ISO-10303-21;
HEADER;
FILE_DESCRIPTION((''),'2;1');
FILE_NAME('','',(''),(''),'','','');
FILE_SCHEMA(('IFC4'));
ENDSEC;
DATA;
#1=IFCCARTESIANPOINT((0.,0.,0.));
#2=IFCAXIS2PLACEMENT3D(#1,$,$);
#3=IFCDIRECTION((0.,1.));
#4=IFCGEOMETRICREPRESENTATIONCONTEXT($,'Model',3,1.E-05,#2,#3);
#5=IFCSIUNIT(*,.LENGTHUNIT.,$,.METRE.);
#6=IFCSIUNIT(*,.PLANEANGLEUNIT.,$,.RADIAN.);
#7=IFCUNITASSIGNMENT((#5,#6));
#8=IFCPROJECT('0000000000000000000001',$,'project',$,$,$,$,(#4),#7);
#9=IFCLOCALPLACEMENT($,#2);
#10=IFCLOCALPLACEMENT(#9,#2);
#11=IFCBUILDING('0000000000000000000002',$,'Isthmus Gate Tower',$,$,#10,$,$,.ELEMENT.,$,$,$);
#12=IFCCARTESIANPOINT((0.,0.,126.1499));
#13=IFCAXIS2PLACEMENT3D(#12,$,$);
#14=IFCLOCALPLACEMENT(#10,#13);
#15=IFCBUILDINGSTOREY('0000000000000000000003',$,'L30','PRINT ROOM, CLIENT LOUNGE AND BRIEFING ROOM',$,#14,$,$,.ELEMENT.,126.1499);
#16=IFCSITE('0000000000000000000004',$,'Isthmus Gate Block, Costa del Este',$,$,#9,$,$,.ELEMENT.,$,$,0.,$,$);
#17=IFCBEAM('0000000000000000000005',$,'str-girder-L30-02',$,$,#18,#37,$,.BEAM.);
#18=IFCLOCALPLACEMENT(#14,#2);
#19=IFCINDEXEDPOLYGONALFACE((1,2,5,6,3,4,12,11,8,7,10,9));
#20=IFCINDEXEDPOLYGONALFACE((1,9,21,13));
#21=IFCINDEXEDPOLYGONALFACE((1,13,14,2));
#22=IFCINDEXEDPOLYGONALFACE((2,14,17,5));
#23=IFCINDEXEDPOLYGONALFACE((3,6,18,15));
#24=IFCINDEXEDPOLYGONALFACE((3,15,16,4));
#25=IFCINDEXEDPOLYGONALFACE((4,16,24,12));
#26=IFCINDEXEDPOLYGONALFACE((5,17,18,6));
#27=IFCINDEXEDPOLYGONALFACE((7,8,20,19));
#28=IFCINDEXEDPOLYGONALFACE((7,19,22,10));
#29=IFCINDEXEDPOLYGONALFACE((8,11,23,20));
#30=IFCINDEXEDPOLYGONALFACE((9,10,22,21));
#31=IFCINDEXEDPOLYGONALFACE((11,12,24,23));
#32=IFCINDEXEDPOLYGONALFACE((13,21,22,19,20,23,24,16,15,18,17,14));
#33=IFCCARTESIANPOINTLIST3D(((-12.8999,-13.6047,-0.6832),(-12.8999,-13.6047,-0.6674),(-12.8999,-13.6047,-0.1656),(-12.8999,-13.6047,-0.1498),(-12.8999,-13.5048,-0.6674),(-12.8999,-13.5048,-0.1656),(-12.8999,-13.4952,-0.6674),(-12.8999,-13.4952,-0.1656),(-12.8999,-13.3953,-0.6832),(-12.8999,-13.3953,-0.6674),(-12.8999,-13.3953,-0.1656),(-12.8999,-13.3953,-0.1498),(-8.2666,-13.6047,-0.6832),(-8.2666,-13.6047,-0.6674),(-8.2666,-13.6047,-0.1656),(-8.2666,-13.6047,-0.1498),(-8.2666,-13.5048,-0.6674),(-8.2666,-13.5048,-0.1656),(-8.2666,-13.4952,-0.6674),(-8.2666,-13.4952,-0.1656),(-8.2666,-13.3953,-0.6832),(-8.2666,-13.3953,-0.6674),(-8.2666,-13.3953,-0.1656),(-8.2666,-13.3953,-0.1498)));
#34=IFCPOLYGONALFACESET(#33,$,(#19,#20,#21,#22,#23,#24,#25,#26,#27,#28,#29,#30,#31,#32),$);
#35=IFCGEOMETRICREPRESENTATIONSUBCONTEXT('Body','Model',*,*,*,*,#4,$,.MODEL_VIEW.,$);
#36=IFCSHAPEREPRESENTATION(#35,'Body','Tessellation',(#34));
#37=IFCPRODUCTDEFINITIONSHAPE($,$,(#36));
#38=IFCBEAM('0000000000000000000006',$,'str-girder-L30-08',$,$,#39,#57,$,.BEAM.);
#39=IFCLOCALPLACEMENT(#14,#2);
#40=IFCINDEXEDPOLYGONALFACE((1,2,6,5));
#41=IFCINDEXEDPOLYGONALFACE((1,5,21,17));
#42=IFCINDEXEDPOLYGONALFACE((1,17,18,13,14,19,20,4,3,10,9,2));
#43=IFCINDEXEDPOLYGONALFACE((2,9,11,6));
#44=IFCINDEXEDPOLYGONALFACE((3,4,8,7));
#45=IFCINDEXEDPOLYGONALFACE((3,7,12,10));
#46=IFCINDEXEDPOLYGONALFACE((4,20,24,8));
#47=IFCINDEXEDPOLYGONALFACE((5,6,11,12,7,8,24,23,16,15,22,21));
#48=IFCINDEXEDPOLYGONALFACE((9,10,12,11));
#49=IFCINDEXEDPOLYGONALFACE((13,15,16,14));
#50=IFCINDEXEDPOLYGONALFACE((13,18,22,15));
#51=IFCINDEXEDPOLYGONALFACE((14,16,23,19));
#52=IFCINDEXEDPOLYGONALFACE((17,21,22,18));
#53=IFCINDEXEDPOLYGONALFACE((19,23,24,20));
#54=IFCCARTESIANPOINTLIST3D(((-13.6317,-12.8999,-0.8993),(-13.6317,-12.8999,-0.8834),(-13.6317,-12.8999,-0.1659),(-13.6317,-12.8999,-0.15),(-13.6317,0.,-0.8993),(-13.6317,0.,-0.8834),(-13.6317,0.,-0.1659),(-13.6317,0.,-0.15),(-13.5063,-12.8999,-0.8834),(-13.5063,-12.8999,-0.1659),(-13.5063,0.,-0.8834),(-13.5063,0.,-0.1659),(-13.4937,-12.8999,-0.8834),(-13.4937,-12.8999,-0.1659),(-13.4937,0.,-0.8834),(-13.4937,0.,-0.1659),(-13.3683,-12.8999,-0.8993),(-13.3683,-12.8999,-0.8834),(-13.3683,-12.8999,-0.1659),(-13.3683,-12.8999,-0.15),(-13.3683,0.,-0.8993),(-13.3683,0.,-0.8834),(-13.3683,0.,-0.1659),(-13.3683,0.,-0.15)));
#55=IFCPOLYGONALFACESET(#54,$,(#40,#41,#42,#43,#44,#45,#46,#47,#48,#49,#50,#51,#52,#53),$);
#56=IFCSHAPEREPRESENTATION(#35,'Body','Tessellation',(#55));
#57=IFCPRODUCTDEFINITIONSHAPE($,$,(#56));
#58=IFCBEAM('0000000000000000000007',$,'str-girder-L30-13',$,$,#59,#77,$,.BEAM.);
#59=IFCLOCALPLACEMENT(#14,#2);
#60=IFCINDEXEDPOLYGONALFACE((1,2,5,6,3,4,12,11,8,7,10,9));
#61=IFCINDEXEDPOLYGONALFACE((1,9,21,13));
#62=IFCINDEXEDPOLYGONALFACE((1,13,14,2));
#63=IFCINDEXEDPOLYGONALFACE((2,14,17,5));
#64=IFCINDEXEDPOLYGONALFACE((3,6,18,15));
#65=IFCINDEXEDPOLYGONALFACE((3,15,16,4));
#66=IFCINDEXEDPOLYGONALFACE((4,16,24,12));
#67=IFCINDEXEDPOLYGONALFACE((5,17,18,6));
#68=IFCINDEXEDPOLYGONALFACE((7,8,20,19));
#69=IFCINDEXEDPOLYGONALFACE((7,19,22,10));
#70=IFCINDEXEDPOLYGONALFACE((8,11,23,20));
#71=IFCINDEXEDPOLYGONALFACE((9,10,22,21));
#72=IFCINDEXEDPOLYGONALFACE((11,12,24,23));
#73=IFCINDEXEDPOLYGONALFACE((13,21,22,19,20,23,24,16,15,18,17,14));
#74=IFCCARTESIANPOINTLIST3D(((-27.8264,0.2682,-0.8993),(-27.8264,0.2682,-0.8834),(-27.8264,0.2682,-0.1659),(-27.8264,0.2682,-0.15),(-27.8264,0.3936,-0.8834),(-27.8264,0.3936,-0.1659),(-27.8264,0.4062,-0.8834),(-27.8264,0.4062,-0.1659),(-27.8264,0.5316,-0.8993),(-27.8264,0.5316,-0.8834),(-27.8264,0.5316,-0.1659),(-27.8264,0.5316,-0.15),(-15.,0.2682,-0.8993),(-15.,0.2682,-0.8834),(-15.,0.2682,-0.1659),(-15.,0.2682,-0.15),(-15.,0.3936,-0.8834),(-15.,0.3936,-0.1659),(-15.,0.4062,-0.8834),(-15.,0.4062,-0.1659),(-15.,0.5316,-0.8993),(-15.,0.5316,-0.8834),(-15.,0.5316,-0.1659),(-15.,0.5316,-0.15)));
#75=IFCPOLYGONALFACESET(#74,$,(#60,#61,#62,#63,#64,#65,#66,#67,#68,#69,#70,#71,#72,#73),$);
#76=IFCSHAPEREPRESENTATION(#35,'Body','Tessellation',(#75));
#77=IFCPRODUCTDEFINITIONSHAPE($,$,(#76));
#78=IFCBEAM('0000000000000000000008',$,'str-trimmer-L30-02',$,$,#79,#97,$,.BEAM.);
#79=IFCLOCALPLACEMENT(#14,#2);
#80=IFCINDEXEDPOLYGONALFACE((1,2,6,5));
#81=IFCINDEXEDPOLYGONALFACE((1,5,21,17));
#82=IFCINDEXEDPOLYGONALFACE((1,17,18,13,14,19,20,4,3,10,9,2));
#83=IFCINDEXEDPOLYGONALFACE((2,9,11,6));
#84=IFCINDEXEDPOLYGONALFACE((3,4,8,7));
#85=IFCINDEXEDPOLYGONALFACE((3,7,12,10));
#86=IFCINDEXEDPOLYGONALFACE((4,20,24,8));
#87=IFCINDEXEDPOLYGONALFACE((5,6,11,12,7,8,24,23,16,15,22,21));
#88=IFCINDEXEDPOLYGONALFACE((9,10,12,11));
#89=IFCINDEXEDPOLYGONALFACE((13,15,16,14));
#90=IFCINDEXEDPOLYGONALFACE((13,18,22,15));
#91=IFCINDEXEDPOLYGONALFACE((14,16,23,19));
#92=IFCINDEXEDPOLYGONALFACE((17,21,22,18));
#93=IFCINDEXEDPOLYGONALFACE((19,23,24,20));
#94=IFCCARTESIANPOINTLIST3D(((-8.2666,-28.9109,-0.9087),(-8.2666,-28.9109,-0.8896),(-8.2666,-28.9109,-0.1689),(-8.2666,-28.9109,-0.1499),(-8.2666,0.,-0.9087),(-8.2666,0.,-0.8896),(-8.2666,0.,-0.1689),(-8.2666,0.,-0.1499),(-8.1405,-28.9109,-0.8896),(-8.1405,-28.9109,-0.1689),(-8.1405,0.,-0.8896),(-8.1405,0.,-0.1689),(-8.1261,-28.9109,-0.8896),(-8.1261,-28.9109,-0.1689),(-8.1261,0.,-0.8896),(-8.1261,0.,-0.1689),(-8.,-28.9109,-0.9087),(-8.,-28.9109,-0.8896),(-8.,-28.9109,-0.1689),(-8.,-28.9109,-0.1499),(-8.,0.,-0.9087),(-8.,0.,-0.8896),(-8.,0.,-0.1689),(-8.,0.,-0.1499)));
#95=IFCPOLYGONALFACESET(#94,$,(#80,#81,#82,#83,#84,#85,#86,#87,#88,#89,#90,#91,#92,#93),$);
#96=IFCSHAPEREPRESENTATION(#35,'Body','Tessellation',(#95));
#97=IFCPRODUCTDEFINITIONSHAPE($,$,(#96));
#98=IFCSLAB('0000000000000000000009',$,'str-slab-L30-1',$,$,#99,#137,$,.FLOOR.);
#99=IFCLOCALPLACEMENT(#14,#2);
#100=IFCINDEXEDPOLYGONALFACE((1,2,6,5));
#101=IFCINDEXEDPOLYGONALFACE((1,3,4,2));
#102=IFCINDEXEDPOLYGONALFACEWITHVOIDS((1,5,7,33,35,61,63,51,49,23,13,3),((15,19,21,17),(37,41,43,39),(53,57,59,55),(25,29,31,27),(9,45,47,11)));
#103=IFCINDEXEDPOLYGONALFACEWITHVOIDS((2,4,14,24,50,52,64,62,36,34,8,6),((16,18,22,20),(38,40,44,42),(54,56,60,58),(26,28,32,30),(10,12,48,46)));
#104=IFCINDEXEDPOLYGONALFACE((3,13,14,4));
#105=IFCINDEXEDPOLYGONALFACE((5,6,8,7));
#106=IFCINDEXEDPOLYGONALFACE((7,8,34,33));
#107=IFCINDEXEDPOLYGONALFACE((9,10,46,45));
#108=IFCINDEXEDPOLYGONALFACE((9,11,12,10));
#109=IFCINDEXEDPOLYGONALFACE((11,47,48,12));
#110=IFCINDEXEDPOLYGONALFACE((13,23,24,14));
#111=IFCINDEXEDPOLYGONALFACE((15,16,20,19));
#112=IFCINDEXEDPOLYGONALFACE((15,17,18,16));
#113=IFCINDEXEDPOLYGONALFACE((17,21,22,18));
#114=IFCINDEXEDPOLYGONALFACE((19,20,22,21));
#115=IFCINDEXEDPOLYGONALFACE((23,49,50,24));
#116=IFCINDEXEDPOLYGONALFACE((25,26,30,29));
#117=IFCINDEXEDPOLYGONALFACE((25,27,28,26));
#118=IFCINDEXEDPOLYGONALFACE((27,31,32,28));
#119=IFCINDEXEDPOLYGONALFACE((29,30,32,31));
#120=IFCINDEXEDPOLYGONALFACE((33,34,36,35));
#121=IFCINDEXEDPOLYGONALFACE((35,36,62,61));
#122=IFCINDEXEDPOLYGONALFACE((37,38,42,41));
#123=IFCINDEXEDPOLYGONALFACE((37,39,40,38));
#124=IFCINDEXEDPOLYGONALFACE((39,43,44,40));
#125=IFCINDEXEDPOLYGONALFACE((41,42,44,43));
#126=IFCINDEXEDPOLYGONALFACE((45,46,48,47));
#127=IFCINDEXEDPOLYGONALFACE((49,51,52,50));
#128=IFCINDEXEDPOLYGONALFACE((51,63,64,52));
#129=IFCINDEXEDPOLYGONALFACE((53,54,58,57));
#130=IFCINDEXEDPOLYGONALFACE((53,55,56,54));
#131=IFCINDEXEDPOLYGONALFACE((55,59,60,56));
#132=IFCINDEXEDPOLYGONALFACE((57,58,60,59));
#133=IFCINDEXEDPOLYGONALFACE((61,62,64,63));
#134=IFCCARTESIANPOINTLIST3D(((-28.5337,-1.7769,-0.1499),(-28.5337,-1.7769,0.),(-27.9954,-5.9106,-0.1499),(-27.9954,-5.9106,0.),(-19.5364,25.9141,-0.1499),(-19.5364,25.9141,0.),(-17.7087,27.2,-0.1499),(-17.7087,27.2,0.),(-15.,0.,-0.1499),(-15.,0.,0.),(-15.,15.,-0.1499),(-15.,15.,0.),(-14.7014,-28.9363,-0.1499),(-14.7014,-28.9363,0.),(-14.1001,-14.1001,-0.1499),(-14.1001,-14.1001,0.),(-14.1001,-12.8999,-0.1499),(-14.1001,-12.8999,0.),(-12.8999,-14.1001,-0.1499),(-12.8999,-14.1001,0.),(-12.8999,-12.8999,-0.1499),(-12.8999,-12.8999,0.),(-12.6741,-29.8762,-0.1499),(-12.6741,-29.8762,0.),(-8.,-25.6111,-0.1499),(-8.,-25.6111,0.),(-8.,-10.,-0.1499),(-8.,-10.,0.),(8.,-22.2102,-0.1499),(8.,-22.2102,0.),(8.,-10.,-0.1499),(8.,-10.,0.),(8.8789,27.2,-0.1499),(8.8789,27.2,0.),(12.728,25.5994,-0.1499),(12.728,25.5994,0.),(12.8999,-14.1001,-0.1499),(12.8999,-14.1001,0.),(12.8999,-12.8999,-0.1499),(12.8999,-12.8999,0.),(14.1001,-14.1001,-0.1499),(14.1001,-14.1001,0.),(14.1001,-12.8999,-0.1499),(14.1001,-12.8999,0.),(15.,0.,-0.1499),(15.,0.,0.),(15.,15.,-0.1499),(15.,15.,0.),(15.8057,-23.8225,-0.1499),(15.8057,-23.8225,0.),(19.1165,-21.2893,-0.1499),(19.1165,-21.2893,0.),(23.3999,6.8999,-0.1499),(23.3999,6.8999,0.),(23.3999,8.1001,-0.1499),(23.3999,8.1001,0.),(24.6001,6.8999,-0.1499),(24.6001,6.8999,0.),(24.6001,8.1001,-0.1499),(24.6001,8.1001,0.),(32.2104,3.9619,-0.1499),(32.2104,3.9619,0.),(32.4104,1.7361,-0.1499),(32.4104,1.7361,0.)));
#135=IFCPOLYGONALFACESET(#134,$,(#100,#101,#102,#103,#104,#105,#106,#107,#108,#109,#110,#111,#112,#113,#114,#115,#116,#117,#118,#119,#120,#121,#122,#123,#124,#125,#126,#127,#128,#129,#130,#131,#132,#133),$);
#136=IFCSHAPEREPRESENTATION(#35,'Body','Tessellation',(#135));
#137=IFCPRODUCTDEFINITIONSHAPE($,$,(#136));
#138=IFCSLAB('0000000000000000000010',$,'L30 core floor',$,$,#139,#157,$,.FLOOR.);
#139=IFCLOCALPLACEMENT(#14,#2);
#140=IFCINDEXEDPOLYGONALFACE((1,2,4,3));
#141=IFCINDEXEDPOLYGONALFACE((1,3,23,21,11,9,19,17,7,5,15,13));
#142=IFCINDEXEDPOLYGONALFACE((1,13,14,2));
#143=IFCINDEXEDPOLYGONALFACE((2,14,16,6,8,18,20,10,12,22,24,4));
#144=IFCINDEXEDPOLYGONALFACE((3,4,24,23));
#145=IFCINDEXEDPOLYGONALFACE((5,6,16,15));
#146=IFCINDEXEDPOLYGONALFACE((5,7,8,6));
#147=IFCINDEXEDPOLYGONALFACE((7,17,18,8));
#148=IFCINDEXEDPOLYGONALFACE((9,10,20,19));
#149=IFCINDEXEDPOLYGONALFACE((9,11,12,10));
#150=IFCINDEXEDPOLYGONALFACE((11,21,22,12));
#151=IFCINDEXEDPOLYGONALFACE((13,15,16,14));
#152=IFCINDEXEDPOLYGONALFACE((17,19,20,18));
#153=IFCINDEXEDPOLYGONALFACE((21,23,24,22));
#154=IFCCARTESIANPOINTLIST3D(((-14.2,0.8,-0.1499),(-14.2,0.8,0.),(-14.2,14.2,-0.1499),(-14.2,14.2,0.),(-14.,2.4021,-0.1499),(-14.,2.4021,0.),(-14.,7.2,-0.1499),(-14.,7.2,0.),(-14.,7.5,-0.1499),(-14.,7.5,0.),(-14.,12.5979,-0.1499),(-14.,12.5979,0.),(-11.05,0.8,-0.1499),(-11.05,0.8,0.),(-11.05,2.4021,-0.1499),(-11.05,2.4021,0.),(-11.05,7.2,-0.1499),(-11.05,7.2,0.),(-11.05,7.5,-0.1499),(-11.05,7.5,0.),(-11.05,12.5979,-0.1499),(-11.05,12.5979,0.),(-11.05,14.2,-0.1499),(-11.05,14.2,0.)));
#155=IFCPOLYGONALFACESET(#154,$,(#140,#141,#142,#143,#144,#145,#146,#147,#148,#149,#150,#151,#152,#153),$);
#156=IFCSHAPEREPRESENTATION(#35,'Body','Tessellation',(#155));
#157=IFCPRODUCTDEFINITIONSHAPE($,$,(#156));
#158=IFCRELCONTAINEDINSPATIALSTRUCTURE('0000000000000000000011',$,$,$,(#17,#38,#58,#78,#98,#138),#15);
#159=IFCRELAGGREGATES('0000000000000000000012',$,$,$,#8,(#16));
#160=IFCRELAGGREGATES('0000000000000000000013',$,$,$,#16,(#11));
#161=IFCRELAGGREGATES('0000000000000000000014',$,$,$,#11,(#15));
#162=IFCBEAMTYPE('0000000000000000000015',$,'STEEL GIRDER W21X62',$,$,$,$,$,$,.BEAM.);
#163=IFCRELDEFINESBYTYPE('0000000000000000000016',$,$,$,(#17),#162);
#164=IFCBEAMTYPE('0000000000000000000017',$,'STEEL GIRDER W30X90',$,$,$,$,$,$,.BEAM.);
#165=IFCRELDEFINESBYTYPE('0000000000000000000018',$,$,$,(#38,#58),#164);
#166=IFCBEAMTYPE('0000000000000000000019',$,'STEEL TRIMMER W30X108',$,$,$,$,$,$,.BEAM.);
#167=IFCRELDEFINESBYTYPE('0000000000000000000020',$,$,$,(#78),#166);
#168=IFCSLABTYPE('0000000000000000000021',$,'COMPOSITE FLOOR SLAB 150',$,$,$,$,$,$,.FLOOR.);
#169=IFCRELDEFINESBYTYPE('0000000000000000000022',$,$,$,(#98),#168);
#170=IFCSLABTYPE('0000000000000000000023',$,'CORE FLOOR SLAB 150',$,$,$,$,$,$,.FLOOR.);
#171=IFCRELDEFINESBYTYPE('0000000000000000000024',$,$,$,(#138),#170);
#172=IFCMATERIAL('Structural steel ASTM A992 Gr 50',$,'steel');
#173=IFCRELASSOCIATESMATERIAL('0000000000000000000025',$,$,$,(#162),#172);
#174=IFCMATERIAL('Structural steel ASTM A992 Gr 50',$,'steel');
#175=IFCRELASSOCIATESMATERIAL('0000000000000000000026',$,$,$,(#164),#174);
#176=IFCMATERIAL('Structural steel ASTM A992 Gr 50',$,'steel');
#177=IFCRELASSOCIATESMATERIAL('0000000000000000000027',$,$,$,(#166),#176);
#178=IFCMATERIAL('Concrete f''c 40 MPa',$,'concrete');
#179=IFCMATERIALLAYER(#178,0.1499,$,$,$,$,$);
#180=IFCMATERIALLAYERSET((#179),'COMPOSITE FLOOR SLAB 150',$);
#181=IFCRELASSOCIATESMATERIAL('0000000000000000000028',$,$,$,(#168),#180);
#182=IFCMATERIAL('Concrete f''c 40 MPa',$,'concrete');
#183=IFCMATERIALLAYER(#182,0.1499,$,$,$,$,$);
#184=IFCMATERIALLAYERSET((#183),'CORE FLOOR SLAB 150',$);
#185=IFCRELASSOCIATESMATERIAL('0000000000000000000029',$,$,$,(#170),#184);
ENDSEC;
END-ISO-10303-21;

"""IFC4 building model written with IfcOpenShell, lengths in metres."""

from ifc_helpers import new_model, si_unit, direction, frame, origin, origin_2d, place, context, subcontext, project, spatial, polyline, i_section, outline, extrude, material, layer, layer_set, material_profile, profile_set, type_object, element, save


model = new_model("IFC4")

# Units and contexts
model_context = context("Model", 3, precision=1e-05, world=origin(), true_north=direction((0.0, 1.0)))
body_context = subcontext(model_context, "Body", "Model", "MODEL_VIEW")
ifc_project = project(units=[si_unit("LENGTHUNIT", "METRE"), si_unit("PLANEANGLEUNIT", "RADIAN")], contexts=[model_context])

# Site, building, storey
site_placement = place(None, origin())
site = spatial("IfcSite", under=ifc_project, at=site_placement, Name="Isthmus Gate Block, Costa del Este", CompositionType="ELEMENT", RefElevation=0.0)
building_placement = place(site_placement, origin())
building = spatial("IfcBuilding", under=site, at=building_placement, Name="Isthmus Gate Tower", CompositionType="ELEMENT")
storey_placement = place(building_placement, frame((0.0, 0.0, 126.1499)))
storey = spatial("IfcBuildingStorey", under=building, at=storey_placement, Name="L30", Description="PRINT ROOM, CLIENT LOUNGE AND BRIEFING ROOM", CompositionType="ELEMENT", Elevation=126.1499)

# Beams
ifc_material_1 = material(Name="Structural steel ASTM A992 Gr 50", Category="steel")
ifc_material_profile_1 = material_profile(ifc_material_1, i_section(OverallWidth=0.2095, OverallDepth=0.5334, WebThickness=0.0095, FlangeThickness=0.0159, at=origin_2d()), Name="W21X62")
ifc_profile_set_1 = profile_set([ifc_material_profile_1], Name="Structural steel ASTM A992 Gr 50")
beam_type_1 = type_object("IfcBeamType", Name="STEEL GIRDER W21X62", PredefinedType="BEAM", material=ifc_profile_set_1)
beam_1_placement = place(storey_placement, frame((-12.8999, -13.5, -0.4165), z_axis=(1.0, 0.0, 0.0), x_axis=(0.0, 1.0, 0.0)))
element("IfcBeam", 1, at=beam_1_placement, inside=storey, type_object=beam_type_1, Name="str-girder-L30-02", PredefinedType="BEAM", context=body_context, shape_type="SweptSolid", body=[
    extrude(i_section(OverallWidth=0.2095, OverallDepth=0.5334, WebThickness=0.0095, FlangeThickness=0.0159, at=origin_2d()), origin(), (0.0, 0.0, 1.0), 4.6333),
])
ifc_material_2 = material(Name="Structural steel ASTM A992 Gr 50", Category="steel")
ifc_material_profile_2 = material_profile(ifc_material_2, i_section(OverallWidth=0.2634, OverallDepth=0.7493, WebThickness=0.0127, FlangeThickness=0.0159, at=origin_2d()), Name="W30X90")
ifc_profile_set_2 = profile_set([ifc_material_profile_2], Name="Structural steel ASTM A992 Gr 50")
beam_type_2 = type_object("IfcBeamType", Name="STEEL GIRDER W30X90", PredefinedType="BEAM", material=ifc_profile_set_2)
beam_2_placement = place(storey_placement, frame((-13.5, -12.8999, -0.5247), z_axis=(0.0, 1.0, 0.0), x_axis=(-1.0, 0.0, 0.0)))
element("IfcBeam", 2, at=beam_2_placement, inside=storey, type_object=beam_type_2, Name="str-girder-L30-08", PredefinedType="BEAM", context=body_context, shape_type="SweptSolid", body=[
    extrude(i_section(OverallWidth=0.2634, OverallDepth=0.7493, WebThickness=0.0127, FlangeThickness=0.0159, at=origin_2d()), origin(), (0.0, 0.0, 1.0), 12.8999),
])
beam_3_placement = place(storey_placement, frame((-15.0, 0.3999, -0.5247), z_axis=(-1.0, 0.0, 0.0), x_axis=(0.0, -1.0, 0.0)))
element("IfcBeam", 3, at=beam_3_placement, inside=storey, type_object=beam_type_2, Name="str-girder-L30-13", PredefinedType="BEAM", context=body_context, shape_type="SweptSolid", body=[
    extrude(i_section(OverallWidth=0.2634, OverallDepth=0.7493, WebThickness=0.0127, FlangeThickness=0.0159, at=origin_2d()), origin(), (0.0, 0.0, 1.0), 12.8264),
])
ifc_material_3 = material(Name="Structural steel ASTM A992 Gr 50", Category="steel")
ifc_material_profile_3 = material_profile(ifc_material_3, i_section(OverallWidth=0.2666, OverallDepth=0.7588, WebThickness=0.0144, FlangeThickness=0.019, at=origin_2d()), Name="W30X108")
ifc_profile_set_3 = profile_set([ifc_material_profile_3], Name="Structural steel ASTM A992 Gr 50")
beam_type_3 = type_object("IfcBeamType", Name="STEEL TRIMMER W30X108", PredefinedType="BEAM", material=ifc_profile_set_3)
beam_4_placement = place(storey_placement, frame((-8.1333, 0.0, -0.5293), z_axis=(0.0, -1.0, 0.0), x_axis=(1.0, 0.0, 0.0)))
element("IfcBeam", 4, at=beam_4_placement, inside=storey, type_object=beam_type_3, Name="str-trimmer-L30-02", PredefinedType="BEAM", context=body_context, shape_type="SweptSolid", body=[
    extrude(i_section(OverallWidth=0.2666, OverallDepth=0.7588, WebThickness=0.0144, FlangeThickness=0.019, at=origin_2d()), origin(), (0.0, 0.0, 1.0), 28.9109),
])

# Slabs
ifc_material_4 = material(Name="Concrete f'c 40 MPa", Category="concrete")
ifc_layer_1 = layer(ifc_material_4, 0.1499)
ifc_layer_set_1 = layer_set([ifc_layer_1], Name="COMPOSITE FLOOR SLAB 150")
slab_type_1 = type_object("IfcSlabType", Name="COMPOSITE FLOOR SLAB 150", PredefinedType="FLOOR", material=ifc_layer_set_1)
slab_1_placement = place(storey_placement, frame((0.0, 0.0, -0.1499)))
element("IfcSlab", 5, at=slab_1_placement, inside=storey, type_object=slab_type_1, Name="str-slab-L30-1", PredefinedType="FLOOR", context=body_context, shape_type="SweptSolid", body=[
    extrude(outline(polyline([(12.728, 25.5994), (32.2104, 3.9619), (32.4104, 1.7361), (19.1165, -21.2893), (15.8057, -23.8225), (-12.6741, -29.8762), (-14.7014, -28.9363), (-27.9954, -5.9106), (-28.5337, -1.7769), (-19.5364, 25.9141), (-17.7087, 27.2), (8.8789, 27.2), (12.728, 25.5994)]), holes=[polyline([(-8.0, -10.0), (-8.0, -25.6111), (8.0, -22.2102), (8.0, -10.0), (-8.0, -10.0)]), polyline([(-14.1001, -12.8999), (-14.1001, -14.1001), (-12.8999, -14.1001), (-12.8999, -12.8999), (-14.1001, -12.8999)]), polyline([(14.1001, -12.8999), (12.8999, -12.8999), (12.8999, -14.1001), (14.1001, -14.1001), (14.1001, -12.8999)]), polyline([(-15.0, 15.0), (-15.0, 0.0), (15.0, 0.0), (15.0, 15.0), (-15.0, 15.0)]), polyline([(24.6001, 6.8999), (24.6001, 8.1001), (23.3999, 8.1001), (23.3999, 6.8999), (24.6001, 6.8999)])]), origin(), (0.0, 0.0, 1.0), 0.1499),
])
ifc_material_5 = material(Name="Concrete f'c 40 MPa", Category="concrete")
ifc_layer_2 = layer(ifc_material_5, 0.1499)
ifc_layer_set_2 = layer_set([ifc_layer_2], Name="CORE FLOOR SLAB 150")
slab_type_2 = type_object("IfcSlabType", Name="CORE FLOOR SLAB 150", PredefinedType="FLOOR", material=ifc_layer_set_2)
slab_2_placement = place(storey_placement, frame((0.0, 0.0, -0.1499)))
element("IfcSlab", 6, at=slab_2_placement, inside=storey, type_object=slab_type_2, Name="L30 core floor", PredefinedType="FLOOR", context=body_context, shape_type="SweptSolid", body=[
    extrude(outline(polyline([(-11.05, 0.8), (-11.05, 2.4021), (-14.0, 2.4021), (-14.0, 7.2), (-11.05, 7.2), (-11.05, 7.5), (-14.0, 7.5), (-14.0, 12.5979), (-11.05, 12.5979), (-11.05, 14.2), (-14.2, 14.2), (-14.2, 0.8), (-11.05, 0.8)])), origin(), (0.0, 0.0, 1.0), 0.1499),
])

save(model, "model.ifc")
